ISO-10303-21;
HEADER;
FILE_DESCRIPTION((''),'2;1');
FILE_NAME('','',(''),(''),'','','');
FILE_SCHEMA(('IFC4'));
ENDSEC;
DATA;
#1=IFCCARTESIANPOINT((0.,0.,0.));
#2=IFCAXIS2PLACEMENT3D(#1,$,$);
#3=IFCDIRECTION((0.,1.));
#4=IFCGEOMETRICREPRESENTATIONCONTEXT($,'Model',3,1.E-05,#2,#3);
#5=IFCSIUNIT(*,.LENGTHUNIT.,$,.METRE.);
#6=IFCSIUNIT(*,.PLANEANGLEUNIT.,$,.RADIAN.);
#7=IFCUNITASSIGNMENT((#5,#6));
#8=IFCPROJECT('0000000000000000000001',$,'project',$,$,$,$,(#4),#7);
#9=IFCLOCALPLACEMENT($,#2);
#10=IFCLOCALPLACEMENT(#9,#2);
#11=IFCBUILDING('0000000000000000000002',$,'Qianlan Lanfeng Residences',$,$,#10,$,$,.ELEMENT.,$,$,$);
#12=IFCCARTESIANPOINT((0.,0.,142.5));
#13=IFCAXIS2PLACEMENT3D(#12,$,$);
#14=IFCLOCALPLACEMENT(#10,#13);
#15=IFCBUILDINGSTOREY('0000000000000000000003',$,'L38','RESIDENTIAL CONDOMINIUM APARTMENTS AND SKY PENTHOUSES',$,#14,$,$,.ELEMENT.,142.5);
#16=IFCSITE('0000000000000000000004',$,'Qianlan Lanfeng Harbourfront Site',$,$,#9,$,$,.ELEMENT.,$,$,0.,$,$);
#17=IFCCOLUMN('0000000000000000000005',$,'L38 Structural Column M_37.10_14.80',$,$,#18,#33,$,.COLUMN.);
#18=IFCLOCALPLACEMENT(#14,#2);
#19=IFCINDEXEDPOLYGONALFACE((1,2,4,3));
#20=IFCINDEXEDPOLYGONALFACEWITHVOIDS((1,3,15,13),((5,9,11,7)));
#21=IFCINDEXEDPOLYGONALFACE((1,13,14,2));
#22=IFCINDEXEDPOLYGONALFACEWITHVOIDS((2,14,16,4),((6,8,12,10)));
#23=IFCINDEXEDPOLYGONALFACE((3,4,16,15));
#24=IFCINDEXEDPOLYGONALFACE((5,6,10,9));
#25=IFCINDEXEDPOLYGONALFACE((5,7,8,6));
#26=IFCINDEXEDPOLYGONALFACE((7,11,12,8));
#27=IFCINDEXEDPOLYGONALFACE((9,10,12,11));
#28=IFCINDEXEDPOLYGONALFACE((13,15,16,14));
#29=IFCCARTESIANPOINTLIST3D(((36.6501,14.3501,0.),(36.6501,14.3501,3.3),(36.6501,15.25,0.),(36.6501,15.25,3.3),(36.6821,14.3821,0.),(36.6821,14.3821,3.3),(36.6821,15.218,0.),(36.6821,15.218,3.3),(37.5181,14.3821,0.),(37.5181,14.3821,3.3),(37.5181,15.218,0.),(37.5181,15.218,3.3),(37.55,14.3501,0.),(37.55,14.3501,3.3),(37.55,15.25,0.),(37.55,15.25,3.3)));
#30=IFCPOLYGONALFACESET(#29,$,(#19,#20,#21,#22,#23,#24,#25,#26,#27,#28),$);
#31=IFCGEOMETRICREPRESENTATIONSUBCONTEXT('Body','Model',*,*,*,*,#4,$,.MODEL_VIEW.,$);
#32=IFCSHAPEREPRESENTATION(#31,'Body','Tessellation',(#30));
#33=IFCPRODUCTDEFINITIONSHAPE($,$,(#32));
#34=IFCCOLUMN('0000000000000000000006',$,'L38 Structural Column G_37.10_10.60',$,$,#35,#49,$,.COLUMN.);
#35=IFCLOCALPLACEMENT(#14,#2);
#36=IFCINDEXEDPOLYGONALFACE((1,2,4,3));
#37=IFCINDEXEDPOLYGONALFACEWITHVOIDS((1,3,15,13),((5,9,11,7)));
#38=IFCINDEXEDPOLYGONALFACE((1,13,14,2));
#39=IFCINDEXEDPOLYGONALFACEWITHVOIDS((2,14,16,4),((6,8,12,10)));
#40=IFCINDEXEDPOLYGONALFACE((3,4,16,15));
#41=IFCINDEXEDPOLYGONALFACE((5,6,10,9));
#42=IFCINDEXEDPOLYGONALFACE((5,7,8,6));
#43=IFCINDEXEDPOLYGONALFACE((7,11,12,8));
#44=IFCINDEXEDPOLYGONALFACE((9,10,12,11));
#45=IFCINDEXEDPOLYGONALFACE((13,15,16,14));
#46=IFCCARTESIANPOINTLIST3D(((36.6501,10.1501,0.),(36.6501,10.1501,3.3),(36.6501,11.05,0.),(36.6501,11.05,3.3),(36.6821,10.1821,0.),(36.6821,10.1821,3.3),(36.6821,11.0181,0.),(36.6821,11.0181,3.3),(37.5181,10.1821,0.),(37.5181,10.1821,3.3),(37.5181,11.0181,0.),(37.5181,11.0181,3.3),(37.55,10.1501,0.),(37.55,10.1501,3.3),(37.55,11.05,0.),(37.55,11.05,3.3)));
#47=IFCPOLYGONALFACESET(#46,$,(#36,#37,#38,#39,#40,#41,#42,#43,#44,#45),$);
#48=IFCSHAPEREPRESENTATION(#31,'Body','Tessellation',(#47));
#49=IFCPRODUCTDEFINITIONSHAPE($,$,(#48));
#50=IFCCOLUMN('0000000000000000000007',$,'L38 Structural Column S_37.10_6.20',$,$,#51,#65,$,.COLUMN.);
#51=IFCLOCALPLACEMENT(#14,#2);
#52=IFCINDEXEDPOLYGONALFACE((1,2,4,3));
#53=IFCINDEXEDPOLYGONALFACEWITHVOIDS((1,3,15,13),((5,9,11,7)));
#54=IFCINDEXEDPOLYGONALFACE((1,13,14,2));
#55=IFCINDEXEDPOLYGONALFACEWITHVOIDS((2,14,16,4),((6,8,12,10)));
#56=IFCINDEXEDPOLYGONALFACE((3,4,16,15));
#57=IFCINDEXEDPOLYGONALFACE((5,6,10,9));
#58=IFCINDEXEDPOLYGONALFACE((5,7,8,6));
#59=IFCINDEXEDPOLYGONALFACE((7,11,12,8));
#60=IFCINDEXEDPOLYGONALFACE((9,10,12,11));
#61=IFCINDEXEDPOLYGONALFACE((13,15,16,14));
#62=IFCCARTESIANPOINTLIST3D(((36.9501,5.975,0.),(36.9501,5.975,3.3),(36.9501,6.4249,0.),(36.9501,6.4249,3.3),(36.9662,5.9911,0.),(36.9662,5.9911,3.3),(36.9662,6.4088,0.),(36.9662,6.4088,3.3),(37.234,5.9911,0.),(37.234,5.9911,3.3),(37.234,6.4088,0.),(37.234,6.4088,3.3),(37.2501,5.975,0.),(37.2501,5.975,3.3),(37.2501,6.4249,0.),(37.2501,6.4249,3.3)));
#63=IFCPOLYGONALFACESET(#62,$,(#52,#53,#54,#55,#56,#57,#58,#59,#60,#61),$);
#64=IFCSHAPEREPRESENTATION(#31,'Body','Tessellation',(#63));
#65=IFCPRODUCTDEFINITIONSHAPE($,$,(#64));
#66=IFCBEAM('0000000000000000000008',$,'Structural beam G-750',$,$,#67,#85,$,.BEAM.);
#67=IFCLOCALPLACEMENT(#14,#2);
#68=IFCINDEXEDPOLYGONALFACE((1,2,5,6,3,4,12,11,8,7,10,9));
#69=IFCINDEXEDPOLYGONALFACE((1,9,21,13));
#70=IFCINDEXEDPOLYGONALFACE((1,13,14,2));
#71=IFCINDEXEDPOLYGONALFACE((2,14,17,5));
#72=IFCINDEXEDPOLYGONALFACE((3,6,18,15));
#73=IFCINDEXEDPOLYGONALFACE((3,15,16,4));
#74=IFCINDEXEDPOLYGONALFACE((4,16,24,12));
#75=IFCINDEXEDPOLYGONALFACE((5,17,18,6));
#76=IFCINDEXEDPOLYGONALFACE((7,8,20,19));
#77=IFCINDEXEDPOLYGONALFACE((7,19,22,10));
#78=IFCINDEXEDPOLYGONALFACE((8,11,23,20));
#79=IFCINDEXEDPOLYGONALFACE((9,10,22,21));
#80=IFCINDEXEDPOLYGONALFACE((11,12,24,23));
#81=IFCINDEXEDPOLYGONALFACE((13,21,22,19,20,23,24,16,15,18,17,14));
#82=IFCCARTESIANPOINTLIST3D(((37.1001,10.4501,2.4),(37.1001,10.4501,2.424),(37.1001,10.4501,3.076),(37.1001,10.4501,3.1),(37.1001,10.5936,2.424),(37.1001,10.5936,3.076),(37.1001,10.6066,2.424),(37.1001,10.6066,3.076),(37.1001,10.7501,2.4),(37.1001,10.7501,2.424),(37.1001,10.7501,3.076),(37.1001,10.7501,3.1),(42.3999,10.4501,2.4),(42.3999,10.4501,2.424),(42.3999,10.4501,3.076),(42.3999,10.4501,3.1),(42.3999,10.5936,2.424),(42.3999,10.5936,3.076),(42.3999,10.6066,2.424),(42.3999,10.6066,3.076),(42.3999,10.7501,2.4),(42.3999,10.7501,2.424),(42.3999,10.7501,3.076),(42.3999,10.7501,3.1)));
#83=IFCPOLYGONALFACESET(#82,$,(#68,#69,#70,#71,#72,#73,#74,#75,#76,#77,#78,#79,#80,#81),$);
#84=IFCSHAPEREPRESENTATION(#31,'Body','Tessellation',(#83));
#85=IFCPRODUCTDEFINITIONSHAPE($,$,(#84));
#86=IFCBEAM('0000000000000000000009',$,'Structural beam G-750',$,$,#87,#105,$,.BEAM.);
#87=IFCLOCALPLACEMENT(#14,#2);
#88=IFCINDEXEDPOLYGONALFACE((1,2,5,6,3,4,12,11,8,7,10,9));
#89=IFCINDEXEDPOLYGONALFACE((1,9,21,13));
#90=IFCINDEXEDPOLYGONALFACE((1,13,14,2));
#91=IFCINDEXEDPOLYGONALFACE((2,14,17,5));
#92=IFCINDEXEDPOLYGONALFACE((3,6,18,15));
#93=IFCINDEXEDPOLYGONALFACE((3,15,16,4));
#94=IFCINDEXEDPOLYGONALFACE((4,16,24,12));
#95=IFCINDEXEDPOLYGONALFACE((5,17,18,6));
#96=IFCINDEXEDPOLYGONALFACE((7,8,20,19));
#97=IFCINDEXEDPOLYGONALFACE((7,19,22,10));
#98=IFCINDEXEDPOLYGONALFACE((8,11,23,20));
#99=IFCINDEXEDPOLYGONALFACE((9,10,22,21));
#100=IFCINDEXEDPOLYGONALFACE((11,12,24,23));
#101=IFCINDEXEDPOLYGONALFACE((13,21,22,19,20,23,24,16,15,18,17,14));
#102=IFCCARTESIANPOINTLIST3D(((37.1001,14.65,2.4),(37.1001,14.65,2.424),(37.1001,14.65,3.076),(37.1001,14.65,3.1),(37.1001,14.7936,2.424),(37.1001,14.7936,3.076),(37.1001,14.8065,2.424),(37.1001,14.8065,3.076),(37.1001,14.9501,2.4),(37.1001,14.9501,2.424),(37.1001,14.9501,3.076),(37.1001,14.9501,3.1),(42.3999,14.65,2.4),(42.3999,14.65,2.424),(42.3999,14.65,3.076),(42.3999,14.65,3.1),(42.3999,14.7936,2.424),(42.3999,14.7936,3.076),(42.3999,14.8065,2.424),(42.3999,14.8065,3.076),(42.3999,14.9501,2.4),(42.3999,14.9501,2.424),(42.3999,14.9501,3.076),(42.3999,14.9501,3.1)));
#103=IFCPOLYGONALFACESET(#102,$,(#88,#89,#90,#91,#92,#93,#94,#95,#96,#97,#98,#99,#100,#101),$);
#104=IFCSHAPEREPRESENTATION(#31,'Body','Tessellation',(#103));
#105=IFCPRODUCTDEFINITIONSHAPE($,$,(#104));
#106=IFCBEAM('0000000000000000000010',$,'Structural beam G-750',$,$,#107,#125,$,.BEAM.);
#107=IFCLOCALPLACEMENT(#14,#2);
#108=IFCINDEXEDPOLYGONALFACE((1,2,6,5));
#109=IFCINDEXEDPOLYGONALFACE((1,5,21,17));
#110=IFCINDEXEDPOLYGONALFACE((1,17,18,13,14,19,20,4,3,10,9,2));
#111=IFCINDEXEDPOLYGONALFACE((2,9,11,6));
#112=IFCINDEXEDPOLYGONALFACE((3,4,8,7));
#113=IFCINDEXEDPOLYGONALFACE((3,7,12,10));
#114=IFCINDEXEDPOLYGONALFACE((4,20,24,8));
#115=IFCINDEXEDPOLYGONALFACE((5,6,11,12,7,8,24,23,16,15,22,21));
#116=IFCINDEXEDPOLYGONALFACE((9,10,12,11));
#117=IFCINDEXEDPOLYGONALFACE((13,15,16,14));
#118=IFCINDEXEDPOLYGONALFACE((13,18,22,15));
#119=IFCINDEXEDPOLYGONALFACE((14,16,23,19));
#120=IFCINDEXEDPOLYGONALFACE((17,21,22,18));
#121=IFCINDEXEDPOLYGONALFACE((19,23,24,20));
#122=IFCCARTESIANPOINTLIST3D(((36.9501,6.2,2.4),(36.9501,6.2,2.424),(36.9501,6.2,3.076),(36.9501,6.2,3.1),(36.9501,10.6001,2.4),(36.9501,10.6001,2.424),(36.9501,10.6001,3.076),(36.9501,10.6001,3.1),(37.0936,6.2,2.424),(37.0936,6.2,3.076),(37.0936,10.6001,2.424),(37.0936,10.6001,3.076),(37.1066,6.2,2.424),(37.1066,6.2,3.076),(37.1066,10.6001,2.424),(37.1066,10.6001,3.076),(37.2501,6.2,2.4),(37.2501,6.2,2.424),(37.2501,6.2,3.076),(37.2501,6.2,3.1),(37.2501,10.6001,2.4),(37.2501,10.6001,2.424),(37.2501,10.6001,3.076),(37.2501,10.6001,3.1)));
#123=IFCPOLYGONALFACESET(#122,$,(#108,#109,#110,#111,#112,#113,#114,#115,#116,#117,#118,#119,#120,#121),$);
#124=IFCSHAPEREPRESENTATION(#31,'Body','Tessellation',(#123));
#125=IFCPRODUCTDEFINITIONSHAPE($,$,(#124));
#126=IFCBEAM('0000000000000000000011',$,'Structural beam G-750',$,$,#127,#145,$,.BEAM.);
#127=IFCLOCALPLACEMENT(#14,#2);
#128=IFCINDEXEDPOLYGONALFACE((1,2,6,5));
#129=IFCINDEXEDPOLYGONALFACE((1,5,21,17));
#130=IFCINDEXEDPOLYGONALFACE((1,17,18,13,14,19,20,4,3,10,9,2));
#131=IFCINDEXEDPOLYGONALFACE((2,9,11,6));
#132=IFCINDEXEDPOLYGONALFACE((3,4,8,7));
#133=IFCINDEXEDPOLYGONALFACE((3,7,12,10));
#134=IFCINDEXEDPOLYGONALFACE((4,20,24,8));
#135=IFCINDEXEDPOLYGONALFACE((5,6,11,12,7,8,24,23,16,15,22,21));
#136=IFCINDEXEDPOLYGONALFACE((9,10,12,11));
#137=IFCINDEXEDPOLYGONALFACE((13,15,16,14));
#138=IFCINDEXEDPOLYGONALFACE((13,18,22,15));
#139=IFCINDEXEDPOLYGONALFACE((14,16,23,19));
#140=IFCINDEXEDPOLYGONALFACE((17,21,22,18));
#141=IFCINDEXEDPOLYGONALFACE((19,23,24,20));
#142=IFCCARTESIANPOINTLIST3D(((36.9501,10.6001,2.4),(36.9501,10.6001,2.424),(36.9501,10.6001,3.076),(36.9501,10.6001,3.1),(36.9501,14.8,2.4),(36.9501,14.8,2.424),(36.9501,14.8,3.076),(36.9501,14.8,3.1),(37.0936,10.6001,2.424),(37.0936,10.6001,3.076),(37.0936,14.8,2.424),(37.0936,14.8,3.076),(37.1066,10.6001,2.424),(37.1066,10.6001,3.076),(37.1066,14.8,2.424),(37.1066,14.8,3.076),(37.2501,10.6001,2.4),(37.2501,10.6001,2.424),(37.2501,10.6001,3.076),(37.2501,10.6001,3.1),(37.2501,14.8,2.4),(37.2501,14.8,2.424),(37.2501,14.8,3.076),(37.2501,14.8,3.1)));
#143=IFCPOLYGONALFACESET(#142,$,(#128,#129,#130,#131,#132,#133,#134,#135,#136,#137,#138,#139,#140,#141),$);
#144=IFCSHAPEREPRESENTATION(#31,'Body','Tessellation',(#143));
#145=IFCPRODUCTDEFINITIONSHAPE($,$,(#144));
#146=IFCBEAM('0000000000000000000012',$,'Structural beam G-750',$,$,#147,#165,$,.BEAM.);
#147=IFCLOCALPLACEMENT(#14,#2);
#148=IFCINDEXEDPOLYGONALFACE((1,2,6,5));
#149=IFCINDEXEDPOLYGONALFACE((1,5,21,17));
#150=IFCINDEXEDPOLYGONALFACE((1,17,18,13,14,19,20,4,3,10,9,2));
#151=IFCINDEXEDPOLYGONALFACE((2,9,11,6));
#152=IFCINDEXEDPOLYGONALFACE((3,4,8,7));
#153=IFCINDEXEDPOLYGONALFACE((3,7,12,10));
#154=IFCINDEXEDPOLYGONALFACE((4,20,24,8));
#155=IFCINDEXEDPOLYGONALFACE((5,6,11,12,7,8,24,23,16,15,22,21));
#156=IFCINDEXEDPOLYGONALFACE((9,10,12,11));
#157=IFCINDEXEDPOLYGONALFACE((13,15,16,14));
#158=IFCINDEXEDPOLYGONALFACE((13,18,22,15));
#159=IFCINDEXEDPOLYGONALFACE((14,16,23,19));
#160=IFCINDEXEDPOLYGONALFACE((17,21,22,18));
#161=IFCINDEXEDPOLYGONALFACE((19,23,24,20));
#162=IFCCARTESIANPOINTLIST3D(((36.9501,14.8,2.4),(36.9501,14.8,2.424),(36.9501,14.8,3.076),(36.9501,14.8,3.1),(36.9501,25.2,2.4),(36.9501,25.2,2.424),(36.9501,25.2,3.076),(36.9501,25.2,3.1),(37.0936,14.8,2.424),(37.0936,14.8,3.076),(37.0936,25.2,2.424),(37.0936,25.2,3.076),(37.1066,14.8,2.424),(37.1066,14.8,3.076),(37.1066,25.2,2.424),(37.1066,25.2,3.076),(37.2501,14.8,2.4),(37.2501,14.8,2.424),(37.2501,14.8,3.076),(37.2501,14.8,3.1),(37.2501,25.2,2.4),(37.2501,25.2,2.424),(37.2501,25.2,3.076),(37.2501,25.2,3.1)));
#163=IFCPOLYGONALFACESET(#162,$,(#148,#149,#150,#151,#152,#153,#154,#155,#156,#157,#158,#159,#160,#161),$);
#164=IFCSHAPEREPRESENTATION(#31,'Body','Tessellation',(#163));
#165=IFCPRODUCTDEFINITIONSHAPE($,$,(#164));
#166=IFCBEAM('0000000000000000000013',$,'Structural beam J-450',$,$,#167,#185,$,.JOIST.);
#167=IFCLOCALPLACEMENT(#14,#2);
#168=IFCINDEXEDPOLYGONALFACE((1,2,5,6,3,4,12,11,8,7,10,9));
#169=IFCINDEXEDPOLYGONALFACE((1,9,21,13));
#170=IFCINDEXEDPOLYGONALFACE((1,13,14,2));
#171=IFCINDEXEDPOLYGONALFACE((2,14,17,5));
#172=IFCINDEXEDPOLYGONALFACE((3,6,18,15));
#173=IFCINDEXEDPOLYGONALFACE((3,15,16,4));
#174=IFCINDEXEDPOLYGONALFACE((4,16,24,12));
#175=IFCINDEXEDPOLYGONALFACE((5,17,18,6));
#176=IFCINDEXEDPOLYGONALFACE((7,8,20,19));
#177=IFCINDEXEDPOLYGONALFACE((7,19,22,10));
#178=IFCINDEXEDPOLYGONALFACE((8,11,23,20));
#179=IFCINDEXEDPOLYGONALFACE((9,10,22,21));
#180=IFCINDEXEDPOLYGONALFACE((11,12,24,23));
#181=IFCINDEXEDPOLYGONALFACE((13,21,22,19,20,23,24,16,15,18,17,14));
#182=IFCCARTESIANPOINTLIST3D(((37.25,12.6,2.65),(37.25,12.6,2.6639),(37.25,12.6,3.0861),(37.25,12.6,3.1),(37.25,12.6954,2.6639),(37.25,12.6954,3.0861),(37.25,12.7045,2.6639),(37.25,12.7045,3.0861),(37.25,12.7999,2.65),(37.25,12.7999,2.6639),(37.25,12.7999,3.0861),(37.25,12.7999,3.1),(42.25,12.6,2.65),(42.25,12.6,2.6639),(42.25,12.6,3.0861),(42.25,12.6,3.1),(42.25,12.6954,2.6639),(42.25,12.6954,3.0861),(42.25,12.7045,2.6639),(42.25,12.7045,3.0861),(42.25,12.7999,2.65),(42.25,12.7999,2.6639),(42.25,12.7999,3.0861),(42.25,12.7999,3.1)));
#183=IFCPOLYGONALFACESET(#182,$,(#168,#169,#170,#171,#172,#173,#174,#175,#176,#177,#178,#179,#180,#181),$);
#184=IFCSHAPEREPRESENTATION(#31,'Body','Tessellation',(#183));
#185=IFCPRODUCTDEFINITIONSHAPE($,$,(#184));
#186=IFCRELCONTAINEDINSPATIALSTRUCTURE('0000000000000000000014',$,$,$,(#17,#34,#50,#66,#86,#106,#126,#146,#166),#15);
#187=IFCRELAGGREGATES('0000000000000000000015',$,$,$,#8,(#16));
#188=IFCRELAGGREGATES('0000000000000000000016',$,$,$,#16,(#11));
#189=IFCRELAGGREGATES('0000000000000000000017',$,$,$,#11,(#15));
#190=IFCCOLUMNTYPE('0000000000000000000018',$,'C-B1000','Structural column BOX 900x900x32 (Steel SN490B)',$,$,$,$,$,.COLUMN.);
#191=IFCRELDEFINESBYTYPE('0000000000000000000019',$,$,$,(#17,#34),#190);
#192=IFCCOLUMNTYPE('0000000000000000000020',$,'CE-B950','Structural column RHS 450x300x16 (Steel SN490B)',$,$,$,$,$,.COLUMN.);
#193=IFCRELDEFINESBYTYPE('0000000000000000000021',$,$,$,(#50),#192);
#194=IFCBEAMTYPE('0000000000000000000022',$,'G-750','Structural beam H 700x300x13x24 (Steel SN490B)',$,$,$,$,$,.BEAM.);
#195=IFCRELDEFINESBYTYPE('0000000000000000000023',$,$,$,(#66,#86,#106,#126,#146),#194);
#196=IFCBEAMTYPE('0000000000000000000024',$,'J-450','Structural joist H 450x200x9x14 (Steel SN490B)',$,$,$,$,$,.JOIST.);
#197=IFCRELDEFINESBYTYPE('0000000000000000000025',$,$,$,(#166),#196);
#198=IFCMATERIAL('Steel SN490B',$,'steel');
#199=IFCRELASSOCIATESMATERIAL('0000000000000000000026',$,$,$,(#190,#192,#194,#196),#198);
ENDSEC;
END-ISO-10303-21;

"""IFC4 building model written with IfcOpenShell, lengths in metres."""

from ifc_helpers import new_model, si_unit, direction, frame, origin, origin_2d, place, context, subcontext, project, spatial, hollow_rectangle, i_section, extrude, material, material_profile, profile_set, type_object, element, save


model = new_model("IFC4")

# Units and contexts
model_context = context("Model", 3, precision=1e-05, world=origin(), true_north=direction((0.0, 1.0)))
body_context = subcontext(model_context, "Body", "Model", "MODEL_VIEW")
ifc_project = project(units=[si_unit("LENGTHUNIT", "METRE"), si_unit("PLANEANGLEUNIT", "RADIAN")], contexts=[model_context])

# Site, building, storey
site_placement = place(None, origin())
site = spatial("IfcSite", under=ifc_project, at=site_placement, Name="Qianlan Lanfeng Harbourfront Site", CompositionType="ELEMENT", RefElevation=0.0)
building_placement = place(site_placement, origin())
building = spatial("IfcBuilding", under=site, at=building_placement, Name="Qianlan Lanfeng Residences", CompositionType="ELEMENT")
storey_placement = place(building_placement, frame((0.0, 0.0, 142.5)))
storey = spatial("IfcBuildingStorey", under=building, at=storey_placement, Name="L38", Description="RESIDENTIAL CONDOMINIUM APARTMENTS AND SKY PENTHOUSES", CompositionType="ELEMENT", Elevation=142.5)

# Columns
ifc_material_1 = material(Name="Steel SN490B", Category="steel")
ifc_material_profile_1 = material_profile(ifc_material_1, hollow_rectangle(XDim=0.8999, YDim=0.8999, WallThickness=0.032, at=origin_2d()), Name="BOX 900x900x32")
ifc_profile_set_1 = profile_set([ifc_material_profile_1], Name="Steel SN490B")
column_type_1 = type_object("IfcColumnType", Name="C-B1000", Description="Structural column BOX 900x900x32 (Steel SN490B)", PredefinedType="COLUMN", material=ifc_profile_set_1)
for number, where, z_axis, x_axis, name in (
    (1, (37.1001, 14.8, 0.0), (0.0, 0.0, 1.0), (1.0, 0.0, 0.0), "L38 Structural Column M_37.10_14.80"),
    (2, (37.1001, 10.6001, 0.0), (0.0, 0.0, 1.0), (1.0, 0.0, 0.0), "L38 Structural Column G_37.10_10.60"),
):
    element("IfcColumn", number, at=place(storey_placement, frame(where, z_axis=z_axis, x_axis=x_axis)), inside=storey, type_object=column_type_1, Name=name, PredefinedType="COLUMN", context=body_context, shape_type="SweptSolid", body=[
        extrude(hollow_rectangle(XDim=0.8999, YDim=0.8999, WallThickness=0.032, at=origin_2d()), origin(), (0.0, 0.0, 1.0), 3.3),
    ])
ifc_material_profile_2 = material_profile(ifc_material_1, hollow_rectangle(XDim=0.3, YDim=0.45, WallThickness=0.0161, at=origin_2d()), Name="RHS 450x300x16")
ifc_profile_set_2 = profile_set([ifc_material_profile_2], Name="Steel SN490B")
column_type_2 = type_object("IfcColumnType", Name="CE-B950", Description="Structural column RHS 450x300x16 (Steel SN490B)", PredefinedType="COLUMN", material=ifc_profile_set_2)
column_placement = place(storey_placement, frame((37.1001, 6.2, 0.0), z_axis=(0.0, 0.0, 1.0), x_axis=(1.0, 0.0, 0.0)))
element("IfcColumn", 3, at=column_placement, inside=storey, type_object=column_type_2, Name="L38 Structural Column S_37.10_6.20", PredefinedType="COLUMN", context=body_context, shape_type="SweptSolid", body=[
    extrude(hollow_rectangle(XDim=0.3, YDim=0.45, WallThickness=0.0161, at=origin_2d()), origin(), (0.0, 0.0, 1.0), 3.3),
])

# Beams
ifc_material_profile_3 = material_profile(ifc_material_1, i_section(OverallWidth=0.3, OverallDepth=0.7, WebThickness=0.0129, FlangeThickness=0.0239, at=origin_2d()), Name="H 700x300x13x24")
ifc_profile_set_3 = profile_set([ifc_material_profile_3], Name="Steel SN490B")
beam_type_1 = type_object("IfcBeamType", Name="G-750", Description="Structural beam H 700x300x13x24 (Steel SN490B)", PredefinedType="BEAM", material=ifc_profile_set_3)
for number, where, z_axis, x_axis, name in (
    (4, (37.1001, 10.6001, 2.75), (1.0, 0.0, 0.0), (0.0, 1.0, 0.0), "Structural beam G-750"),
    (5, (37.1001, 14.8, 2.75), (1.0, 0.0, 0.0), (0.0, 1.0, 0.0), "Structural beam G-750"),
):
    element("IfcBeam", number, at=place(storey_placement, frame(where, z_axis=z_axis, x_axis=x_axis)), inside=storey, type_object=beam_type_1, Name=name, PredefinedType="BEAM", context=body_context, shape_type="SweptSolid", body=[
        extrude(i_section(OverallWidth=0.3, OverallDepth=0.7, WebThickness=0.0129, FlangeThickness=0.0239, at=origin_2d()), origin(), (0.0, 0.0, 1.0), 5.2998),
    ])
beam_1_placement = place(storey_placement, frame((37.1001, 6.2, 2.75), z_axis=(0.0, 1.0, 0.0), x_axis=(-1.0, 0.0, 0.0)))
element("IfcBeam", 6, at=beam_1_placement, inside=storey, type_object=beam_type_1, Name="Structural beam G-750", PredefinedType="BEAM", context=body_context, shape_type="SweptSolid", body=[
    extrude(i_section(OverallWidth=0.3, OverallDepth=0.7, WebThickness=0.0129, FlangeThickness=0.0239, at=origin_2d()), origin(), (0.0, 0.0, 1.0), 4.4001),
])
beam_2_placement = place(storey_placement, frame((37.1001, 10.6001, 2.75), z_axis=(0.0, 1.0, 0.0), x_axis=(-1.0, 0.0, 0.0)))
element("IfcBeam", 7, at=beam_2_placement, inside=storey, type_object=beam_type_1, Name="Structural beam G-750", PredefinedType="BEAM", context=body_context, shape_type="SweptSolid", body=[
    extrude(i_section(OverallWidth=0.3, OverallDepth=0.7, WebThickness=0.0129, FlangeThickness=0.0239, at=origin_2d()), origin(), (0.0, 0.0, 1.0), 4.2),
])
beam_3_placement = place(storey_placement, frame((37.1001, 14.8, 2.75), z_axis=(0.0, 1.0, 0.0), x_axis=(-1.0, 0.0, 0.0)))
element("IfcBeam", 8, at=beam_3_placement, inside=storey, type_object=beam_type_1, Name="Structural beam G-750", PredefinedType="BEAM", context=body_context, shape_type="SweptSolid", body=[
    extrude(i_section(OverallWidth=0.3, OverallDepth=0.7, WebThickness=0.0129, FlangeThickness=0.0239, at=origin_2d()), origin(), (0.0, 0.0, 1.0), 10.3999),
])
ifc_material_profile_4 = material_profile(ifc_material_1, i_section(OverallWidth=0.2, OverallDepth=0.45, WebThickness=0.009, FlangeThickness=0.0139, at=origin_2d()), Name="H 450x200x9x14")
ifc_profile_set_4 = profile_set([ifc_material_profile_4], Name="Steel SN490B")
beam_type_2 = type_object("IfcBeamType", Name="J-450", Description="Structural joist H 450x200x9x14 (Steel SN490B)", PredefinedType="JOIST", material=ifc_profile_set_4)
beam_4_placement = place(storey_placement, frame((37.25, 12.7, 2.875), z_axis=(1.0, 0.0, 0.0), x_axis=(0.0, 1.0, 0.0)))
element("IfcBeam", 9, at=beam_4_placement, inside=storey, type_object=beam_type_2, Name="Structural beam J-450", PredefinedType="JOIST", context=body_context, shape_type="SweptSolid", body=[
    extrude(i_section(OverallWidth=0.2, OverallDepth=0.45, WebThickness=0.009, FlangeThickness=0.0139, at=origin_2d()), origin(), (0.0, 0.0, 1.0), 5.0),
])

save(model, "model.ifc")
